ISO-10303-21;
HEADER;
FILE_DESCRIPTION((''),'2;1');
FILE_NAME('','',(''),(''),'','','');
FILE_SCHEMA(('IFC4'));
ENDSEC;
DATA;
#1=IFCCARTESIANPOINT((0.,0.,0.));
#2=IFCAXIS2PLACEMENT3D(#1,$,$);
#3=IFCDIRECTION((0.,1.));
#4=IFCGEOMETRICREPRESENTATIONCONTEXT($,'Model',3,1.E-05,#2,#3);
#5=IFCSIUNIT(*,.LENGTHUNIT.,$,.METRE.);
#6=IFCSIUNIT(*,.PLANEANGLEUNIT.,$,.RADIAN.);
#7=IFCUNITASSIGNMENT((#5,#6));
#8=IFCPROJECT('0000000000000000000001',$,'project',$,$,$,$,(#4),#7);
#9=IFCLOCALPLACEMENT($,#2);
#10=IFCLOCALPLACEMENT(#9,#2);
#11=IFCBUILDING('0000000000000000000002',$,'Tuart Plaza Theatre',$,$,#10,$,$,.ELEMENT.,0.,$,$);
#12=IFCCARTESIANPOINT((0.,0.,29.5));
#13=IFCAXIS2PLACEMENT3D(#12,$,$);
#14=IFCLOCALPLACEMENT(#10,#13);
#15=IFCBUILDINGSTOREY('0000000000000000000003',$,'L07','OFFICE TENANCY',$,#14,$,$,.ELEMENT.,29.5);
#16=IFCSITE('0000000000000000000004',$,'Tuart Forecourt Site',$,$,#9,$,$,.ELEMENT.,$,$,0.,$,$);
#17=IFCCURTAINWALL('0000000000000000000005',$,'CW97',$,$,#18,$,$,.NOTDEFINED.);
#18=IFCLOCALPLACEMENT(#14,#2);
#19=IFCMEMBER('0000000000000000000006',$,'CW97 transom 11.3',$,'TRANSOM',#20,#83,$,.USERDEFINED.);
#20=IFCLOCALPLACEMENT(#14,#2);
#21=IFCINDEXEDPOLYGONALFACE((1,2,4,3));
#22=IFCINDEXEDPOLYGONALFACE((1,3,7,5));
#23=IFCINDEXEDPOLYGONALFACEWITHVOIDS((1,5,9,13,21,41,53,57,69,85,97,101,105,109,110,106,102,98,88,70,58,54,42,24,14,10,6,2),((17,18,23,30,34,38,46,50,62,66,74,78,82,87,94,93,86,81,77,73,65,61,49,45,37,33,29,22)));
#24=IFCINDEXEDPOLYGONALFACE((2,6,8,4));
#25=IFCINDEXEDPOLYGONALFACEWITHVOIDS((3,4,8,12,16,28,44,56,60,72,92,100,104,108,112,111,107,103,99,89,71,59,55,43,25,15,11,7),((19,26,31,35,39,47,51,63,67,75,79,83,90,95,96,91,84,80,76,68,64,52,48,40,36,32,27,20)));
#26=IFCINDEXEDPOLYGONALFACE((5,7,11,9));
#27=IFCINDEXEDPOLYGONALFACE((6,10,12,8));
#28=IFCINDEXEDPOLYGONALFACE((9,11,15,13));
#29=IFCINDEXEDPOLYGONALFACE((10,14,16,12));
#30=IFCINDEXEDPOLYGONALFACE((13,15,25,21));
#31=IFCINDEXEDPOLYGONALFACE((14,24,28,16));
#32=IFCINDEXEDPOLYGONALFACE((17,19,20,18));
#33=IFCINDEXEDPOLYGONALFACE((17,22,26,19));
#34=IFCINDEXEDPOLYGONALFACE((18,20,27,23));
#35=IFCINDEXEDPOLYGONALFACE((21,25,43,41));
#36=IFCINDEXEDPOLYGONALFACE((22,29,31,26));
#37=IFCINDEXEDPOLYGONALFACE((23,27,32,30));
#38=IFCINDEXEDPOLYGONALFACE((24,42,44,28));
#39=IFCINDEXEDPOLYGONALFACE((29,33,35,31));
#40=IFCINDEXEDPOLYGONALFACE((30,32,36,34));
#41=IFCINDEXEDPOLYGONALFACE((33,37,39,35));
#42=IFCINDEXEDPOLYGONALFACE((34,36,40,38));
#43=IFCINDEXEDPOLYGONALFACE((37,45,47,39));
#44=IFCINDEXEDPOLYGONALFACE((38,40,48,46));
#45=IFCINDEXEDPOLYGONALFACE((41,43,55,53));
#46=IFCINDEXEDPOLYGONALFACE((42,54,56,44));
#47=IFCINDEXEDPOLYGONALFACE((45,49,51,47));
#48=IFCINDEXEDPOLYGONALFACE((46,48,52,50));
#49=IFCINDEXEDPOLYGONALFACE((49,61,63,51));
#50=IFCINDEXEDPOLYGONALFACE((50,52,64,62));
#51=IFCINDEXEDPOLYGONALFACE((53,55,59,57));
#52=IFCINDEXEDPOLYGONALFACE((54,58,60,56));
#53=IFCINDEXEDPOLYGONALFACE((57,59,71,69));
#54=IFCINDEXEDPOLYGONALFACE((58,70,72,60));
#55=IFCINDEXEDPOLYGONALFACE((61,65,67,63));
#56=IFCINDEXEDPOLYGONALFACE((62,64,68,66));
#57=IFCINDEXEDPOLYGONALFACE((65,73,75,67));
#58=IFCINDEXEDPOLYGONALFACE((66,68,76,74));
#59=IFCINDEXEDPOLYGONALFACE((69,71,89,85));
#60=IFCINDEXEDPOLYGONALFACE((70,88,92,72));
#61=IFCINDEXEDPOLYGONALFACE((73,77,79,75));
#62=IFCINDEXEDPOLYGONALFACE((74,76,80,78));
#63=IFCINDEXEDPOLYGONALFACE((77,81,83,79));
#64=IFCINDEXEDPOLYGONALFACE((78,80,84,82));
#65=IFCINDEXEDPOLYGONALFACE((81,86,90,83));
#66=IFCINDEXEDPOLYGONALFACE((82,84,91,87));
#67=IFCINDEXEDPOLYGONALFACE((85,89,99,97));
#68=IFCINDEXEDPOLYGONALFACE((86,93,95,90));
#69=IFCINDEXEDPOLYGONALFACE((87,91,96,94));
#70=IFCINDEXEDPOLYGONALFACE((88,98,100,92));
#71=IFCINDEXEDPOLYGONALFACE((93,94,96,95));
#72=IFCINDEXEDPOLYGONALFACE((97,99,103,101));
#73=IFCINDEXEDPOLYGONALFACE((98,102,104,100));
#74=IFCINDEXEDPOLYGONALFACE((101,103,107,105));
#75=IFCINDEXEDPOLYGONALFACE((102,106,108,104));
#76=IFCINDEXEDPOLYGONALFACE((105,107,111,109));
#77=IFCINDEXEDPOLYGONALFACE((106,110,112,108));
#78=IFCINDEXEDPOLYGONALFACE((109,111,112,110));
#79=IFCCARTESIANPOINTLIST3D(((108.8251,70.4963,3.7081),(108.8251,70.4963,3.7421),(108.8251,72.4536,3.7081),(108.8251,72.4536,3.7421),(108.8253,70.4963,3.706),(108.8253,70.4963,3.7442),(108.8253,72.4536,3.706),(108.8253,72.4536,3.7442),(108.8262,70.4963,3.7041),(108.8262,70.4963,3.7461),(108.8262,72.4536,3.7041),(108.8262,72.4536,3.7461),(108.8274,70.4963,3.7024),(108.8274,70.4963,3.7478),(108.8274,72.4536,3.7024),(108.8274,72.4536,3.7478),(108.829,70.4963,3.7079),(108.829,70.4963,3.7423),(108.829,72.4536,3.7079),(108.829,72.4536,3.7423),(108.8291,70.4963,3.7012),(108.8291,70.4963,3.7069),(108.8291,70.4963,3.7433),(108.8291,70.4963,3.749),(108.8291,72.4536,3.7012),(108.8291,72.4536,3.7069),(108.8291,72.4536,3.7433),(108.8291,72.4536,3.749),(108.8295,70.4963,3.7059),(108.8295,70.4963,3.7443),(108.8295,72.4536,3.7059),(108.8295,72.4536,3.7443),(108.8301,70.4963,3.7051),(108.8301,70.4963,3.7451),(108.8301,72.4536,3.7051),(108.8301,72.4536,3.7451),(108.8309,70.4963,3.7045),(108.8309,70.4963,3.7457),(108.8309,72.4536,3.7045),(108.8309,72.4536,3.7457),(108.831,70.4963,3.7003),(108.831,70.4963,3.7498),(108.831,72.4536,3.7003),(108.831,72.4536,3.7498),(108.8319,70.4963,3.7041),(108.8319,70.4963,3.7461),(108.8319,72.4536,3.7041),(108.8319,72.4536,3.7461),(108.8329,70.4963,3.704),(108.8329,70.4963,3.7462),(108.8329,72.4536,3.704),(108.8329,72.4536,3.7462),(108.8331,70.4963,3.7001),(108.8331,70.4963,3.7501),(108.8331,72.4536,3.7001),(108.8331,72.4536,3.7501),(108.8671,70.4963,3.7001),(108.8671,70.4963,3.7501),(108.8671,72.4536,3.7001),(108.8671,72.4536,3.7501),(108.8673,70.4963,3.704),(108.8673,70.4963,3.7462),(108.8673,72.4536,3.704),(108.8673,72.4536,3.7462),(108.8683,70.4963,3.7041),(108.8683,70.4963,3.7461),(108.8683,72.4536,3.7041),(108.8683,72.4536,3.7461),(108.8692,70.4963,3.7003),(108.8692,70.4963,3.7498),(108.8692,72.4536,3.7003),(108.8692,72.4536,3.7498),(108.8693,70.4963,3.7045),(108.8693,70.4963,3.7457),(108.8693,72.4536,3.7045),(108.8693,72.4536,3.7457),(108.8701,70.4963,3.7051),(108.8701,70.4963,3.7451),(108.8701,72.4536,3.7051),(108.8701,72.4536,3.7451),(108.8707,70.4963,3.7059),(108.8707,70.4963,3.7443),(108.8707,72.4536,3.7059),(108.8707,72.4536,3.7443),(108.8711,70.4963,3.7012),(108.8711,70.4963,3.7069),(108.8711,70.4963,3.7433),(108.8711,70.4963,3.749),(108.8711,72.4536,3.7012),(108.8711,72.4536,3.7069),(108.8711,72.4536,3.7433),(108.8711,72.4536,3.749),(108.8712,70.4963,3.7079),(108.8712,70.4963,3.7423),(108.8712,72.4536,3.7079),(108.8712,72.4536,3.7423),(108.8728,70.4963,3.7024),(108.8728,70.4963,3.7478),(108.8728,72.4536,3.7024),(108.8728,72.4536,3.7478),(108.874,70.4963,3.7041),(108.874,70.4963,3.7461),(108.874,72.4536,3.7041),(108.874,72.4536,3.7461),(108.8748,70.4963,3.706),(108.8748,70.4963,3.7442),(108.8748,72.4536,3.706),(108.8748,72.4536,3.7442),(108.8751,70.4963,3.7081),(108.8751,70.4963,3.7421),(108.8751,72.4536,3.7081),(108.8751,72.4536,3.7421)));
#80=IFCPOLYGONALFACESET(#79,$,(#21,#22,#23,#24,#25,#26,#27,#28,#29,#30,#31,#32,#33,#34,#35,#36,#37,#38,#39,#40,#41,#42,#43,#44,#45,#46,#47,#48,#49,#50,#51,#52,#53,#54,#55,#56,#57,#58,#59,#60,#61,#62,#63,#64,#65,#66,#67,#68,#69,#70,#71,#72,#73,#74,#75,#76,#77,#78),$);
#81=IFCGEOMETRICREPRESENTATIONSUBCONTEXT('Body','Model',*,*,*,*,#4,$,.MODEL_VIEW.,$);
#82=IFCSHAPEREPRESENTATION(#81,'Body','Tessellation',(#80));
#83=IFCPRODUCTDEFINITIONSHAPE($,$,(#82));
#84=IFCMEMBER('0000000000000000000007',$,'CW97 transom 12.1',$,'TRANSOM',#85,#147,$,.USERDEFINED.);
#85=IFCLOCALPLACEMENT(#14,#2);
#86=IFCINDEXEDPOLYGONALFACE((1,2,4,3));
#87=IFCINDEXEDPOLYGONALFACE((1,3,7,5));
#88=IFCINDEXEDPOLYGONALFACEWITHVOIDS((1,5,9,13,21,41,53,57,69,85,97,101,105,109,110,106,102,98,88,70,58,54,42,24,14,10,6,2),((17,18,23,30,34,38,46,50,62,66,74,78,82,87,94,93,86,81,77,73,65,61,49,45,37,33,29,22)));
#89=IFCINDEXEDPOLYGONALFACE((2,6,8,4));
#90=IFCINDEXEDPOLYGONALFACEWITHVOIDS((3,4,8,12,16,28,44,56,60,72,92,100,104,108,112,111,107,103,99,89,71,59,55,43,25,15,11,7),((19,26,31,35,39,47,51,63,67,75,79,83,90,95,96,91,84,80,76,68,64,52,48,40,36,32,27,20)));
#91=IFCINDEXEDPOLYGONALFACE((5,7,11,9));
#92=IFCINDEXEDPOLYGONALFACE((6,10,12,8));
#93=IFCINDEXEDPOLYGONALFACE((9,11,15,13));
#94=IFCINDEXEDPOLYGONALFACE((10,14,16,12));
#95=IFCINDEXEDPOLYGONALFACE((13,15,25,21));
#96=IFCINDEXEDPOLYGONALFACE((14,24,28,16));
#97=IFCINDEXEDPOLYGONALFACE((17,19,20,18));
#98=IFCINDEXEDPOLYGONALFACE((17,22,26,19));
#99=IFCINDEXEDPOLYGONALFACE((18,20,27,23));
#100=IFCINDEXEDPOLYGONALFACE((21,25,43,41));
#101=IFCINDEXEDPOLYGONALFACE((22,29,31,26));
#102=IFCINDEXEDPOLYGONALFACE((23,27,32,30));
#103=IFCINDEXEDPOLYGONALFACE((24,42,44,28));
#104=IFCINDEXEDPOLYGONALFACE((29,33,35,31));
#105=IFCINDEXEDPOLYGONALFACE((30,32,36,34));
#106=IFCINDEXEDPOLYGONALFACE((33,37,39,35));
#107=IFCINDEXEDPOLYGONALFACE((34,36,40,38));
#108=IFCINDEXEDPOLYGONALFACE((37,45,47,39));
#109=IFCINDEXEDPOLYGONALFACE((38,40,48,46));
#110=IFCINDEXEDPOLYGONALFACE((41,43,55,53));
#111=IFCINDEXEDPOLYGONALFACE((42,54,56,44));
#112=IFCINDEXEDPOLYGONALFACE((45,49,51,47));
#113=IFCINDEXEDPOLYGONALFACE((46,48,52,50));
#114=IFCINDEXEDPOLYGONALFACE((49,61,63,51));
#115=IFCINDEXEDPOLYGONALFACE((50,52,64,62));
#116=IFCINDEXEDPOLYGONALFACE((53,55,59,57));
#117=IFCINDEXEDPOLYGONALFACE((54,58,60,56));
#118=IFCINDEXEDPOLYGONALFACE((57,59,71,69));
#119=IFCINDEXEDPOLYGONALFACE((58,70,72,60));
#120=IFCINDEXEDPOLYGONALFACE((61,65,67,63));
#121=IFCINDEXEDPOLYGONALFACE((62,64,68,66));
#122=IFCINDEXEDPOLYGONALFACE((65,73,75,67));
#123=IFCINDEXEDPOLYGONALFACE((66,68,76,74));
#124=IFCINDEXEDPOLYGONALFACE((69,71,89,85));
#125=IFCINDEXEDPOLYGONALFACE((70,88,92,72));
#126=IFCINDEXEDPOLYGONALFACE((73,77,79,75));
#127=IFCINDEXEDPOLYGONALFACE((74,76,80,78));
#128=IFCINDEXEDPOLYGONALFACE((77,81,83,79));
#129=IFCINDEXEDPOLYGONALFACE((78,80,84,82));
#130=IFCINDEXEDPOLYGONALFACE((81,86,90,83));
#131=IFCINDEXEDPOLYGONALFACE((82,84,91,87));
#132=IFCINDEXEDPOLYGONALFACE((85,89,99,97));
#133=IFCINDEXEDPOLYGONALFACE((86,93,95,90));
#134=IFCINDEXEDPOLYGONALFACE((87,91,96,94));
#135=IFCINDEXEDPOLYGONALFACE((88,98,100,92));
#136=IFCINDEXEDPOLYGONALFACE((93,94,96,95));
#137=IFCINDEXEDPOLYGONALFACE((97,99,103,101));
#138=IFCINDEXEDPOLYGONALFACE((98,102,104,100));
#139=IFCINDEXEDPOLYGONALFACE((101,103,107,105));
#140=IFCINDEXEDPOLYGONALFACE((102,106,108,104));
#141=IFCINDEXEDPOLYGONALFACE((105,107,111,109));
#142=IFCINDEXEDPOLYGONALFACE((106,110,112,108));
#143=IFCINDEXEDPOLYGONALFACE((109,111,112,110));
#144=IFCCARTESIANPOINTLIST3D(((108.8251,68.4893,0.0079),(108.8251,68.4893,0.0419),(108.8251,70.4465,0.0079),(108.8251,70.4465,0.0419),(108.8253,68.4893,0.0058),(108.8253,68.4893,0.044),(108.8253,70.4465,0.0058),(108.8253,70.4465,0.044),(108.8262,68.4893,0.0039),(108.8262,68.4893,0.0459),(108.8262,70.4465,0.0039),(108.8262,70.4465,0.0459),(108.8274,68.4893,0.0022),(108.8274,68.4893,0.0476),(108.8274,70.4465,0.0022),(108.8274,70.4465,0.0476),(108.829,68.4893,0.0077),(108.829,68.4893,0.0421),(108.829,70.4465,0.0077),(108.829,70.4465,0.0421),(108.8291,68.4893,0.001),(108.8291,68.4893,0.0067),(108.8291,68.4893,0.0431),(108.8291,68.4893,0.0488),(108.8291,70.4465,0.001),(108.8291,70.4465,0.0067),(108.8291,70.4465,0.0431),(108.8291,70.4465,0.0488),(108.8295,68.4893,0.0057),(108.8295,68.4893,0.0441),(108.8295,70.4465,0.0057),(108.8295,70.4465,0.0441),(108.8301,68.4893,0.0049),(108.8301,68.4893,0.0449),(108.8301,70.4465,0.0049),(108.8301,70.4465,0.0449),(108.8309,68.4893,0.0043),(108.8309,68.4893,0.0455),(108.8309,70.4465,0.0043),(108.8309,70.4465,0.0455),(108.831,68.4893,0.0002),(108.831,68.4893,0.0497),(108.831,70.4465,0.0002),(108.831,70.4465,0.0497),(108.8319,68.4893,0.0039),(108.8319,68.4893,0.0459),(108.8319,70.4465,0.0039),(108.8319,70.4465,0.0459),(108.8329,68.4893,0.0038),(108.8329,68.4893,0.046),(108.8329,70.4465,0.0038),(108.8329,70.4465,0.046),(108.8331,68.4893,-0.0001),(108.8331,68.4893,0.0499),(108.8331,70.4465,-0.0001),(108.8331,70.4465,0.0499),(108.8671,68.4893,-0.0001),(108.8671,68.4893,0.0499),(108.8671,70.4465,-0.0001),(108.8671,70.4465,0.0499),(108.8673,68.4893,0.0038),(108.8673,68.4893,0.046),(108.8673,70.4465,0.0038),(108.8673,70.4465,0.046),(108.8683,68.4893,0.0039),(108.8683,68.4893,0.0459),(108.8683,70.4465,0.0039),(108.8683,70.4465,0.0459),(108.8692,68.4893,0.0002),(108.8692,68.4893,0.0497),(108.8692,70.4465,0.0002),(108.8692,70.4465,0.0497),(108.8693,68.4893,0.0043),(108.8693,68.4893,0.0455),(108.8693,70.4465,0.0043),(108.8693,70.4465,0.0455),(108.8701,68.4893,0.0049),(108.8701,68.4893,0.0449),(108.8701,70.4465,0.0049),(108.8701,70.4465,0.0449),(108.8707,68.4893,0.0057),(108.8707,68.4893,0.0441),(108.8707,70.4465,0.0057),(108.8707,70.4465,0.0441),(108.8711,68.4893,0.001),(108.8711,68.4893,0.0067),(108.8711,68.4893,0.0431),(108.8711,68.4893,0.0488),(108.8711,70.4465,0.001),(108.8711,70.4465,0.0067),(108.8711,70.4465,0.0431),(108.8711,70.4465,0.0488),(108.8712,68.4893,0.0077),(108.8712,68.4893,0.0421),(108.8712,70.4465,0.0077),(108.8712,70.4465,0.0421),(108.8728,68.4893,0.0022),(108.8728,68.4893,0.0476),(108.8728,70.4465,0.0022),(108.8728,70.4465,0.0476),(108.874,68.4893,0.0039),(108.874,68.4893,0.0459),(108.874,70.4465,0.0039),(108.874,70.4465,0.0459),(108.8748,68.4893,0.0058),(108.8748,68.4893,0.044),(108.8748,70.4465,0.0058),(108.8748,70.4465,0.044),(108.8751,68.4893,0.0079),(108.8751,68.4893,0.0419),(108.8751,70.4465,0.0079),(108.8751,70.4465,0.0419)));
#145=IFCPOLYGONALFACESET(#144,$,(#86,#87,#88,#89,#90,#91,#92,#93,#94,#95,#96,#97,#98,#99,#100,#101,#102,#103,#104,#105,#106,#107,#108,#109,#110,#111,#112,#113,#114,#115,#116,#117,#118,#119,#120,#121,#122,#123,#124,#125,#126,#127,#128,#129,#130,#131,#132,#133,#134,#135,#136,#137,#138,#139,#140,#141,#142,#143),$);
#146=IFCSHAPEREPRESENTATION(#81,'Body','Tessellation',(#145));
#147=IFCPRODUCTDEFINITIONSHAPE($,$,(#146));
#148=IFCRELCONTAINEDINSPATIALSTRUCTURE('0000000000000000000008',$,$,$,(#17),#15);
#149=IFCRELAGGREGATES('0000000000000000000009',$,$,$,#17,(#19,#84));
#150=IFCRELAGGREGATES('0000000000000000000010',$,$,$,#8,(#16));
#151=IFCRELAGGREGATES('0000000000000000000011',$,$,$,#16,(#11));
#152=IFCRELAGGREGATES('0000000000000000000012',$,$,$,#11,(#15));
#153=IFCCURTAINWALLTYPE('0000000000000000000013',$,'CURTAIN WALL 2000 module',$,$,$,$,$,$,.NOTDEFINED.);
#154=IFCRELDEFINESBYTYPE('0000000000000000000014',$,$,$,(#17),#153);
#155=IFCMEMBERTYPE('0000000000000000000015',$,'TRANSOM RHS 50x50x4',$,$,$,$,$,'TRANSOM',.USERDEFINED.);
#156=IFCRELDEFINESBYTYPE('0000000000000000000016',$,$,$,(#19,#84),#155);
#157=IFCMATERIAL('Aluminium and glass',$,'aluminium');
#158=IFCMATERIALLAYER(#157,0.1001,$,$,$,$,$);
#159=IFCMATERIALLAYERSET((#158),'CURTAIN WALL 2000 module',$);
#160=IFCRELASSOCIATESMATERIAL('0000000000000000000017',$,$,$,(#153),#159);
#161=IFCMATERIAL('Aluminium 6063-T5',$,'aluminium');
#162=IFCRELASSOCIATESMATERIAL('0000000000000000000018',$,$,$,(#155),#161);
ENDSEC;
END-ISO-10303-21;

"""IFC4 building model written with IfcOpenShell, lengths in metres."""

from ifc_helpers import new_model, si_unit, direction, frame, origin, origin_2d, place, context, subcontext, project, spatial, hollow_rectangle, extrude, material, layer, layer_set, material_profile, profile_set, type_object, element, aggregate, save


model = new_model("IFC4")

# Units and contexts
model_context = context("Model", 3, precision=1e-05, world=origin(), true_north=direction((0.0, 1.0)))
body_context = subcontext(model_context, "Body", "Model", "MODEL_VIEW")
ifc_project = project(units=[si_unit("LENGTHUNIT", "METRE"), si_unit("PLANEANGLEUNIT", "RADIAN")], contexts=[model_context])

# Site, building, storey
site_placement = place(None, origin())
site = spatial("IfcSite", under=ifc_project, at=site_placement, Name="Tuart Forecourt Site", CompositionType="ELEMENT", RefElevation=0.0)
building_placement = place(site_placement, origin())
building = spatial("IfcBuilding", under=site, at=building_placement, Name="Tuart Plaza Theatre", CompositionType="ELEMENT", ElevationOfRefHeight=0.0)
storey_placement = place(building_placement, frame((0.0, 0.0, 29.5)))
storey = spatial("IfcBuildingStorey", under=building, at=storey_placement, Name="L07", Description="OFFICE TENANCY", CompositionType="ELEMENT", Elevation=29.5)

# Curtain wall, members
ifc_material_1 = material(Name="Aluminium and glass", Category="aluminium")
ifc_layer_1 = layer(ifc_material_1, 0.1001)
ifc_layer_set_1 = layer_set([ifc_layer_1], Name="CURTAIN WALL 2000 module")
curtain_wall_type = type_object("IfcCurtainWallType", Name="CURTAIN WALL 2000 module", PredefinedType="NOTDEFINED", material=ifc_layer_set_1)
curtain_wall_1_placement = place(storey_placement, origin())
curtain_wall_1 = element("IfcCurtainWall", 1, at=curtain_wall_1_placement, inside=storey, type_object=curtain_wall_type, Name="CW97", PredefinedType="NOTDEFINED")
ifc_material_2 = material(Name="Aluminium 6063-T5", Category="aluminium")
ifc_material_profile_1 = material_profile(ifc_material_2, hollow_rectangle(XDim=0.05, YDim=0.05, WallThickness=0.0039, InnerFilletRadius=0.0039, OuterFilletRadius=0.0081, at=origin_2d()), Name="RHS 50x50x4")
ifc_profile_set_1 = profile_set([ifc_material_profile_1], Name="Aluminium 6063-T5")
member_type = type_object("IfcMemberType", Name="TRANSOM RHS 50x50x4", ElementType="TRANSOM", PredefinedType="USERDEFINED", material=ifc_profile_set_1)
member_1_placement = place(storey_placement, frame((108.8501, 72.4536, 3.7251), z_axis=(0.0, -1.0, 0.0), x_axis=(1.0, 0.0, 0.0)))
member_1 = element("IfcMember", 2, at=member_1_placement, type_object=member_type, Name="CW97 transom 11.3", ObjectType="TRANSOM", PredefinedType="USERDEFINED", context=body_context, shape_type="SweptSolid", body=[
    extrude(hollow_rectangle(XDim=0.05, YDim=0.05, WallThickness=0.0039, InnerFilletRadius=0.0039, OuterFilletRadius=0.0081, at=origin_2d()), origin(), (0.0, 0.0, 1.0), 1.9573),
])
member_2_placement = place(storey_placement, frame((108.8501, 70.4465, 0.0249), z_axis=(0.0, -1.0, 0.0), x_axis=(1.0, 0.0, 0.0)))
member_2 = element("IfcMember", 3, at=member_2_placement, type_object=member_type, Name="CW97 transom 12.1", ObjectType="TRANSOM", PredefinedType="USERDEFINED", context=body_context, shape_type="SweptSolid", body=[
    extrude(hollow_rectangle(XDim=0.05, YDim=0.05, WallThickness=0.0039, InnerFilletRadius=0.0039, OuterFilletRadius=0.0081, at=origin_2d()), origin(), (0.0, 0.0, 1.0), 1.9573),
])
aggregate(curtain_wall_1, [member_1, member_2])

save(model, "model.ifc")
